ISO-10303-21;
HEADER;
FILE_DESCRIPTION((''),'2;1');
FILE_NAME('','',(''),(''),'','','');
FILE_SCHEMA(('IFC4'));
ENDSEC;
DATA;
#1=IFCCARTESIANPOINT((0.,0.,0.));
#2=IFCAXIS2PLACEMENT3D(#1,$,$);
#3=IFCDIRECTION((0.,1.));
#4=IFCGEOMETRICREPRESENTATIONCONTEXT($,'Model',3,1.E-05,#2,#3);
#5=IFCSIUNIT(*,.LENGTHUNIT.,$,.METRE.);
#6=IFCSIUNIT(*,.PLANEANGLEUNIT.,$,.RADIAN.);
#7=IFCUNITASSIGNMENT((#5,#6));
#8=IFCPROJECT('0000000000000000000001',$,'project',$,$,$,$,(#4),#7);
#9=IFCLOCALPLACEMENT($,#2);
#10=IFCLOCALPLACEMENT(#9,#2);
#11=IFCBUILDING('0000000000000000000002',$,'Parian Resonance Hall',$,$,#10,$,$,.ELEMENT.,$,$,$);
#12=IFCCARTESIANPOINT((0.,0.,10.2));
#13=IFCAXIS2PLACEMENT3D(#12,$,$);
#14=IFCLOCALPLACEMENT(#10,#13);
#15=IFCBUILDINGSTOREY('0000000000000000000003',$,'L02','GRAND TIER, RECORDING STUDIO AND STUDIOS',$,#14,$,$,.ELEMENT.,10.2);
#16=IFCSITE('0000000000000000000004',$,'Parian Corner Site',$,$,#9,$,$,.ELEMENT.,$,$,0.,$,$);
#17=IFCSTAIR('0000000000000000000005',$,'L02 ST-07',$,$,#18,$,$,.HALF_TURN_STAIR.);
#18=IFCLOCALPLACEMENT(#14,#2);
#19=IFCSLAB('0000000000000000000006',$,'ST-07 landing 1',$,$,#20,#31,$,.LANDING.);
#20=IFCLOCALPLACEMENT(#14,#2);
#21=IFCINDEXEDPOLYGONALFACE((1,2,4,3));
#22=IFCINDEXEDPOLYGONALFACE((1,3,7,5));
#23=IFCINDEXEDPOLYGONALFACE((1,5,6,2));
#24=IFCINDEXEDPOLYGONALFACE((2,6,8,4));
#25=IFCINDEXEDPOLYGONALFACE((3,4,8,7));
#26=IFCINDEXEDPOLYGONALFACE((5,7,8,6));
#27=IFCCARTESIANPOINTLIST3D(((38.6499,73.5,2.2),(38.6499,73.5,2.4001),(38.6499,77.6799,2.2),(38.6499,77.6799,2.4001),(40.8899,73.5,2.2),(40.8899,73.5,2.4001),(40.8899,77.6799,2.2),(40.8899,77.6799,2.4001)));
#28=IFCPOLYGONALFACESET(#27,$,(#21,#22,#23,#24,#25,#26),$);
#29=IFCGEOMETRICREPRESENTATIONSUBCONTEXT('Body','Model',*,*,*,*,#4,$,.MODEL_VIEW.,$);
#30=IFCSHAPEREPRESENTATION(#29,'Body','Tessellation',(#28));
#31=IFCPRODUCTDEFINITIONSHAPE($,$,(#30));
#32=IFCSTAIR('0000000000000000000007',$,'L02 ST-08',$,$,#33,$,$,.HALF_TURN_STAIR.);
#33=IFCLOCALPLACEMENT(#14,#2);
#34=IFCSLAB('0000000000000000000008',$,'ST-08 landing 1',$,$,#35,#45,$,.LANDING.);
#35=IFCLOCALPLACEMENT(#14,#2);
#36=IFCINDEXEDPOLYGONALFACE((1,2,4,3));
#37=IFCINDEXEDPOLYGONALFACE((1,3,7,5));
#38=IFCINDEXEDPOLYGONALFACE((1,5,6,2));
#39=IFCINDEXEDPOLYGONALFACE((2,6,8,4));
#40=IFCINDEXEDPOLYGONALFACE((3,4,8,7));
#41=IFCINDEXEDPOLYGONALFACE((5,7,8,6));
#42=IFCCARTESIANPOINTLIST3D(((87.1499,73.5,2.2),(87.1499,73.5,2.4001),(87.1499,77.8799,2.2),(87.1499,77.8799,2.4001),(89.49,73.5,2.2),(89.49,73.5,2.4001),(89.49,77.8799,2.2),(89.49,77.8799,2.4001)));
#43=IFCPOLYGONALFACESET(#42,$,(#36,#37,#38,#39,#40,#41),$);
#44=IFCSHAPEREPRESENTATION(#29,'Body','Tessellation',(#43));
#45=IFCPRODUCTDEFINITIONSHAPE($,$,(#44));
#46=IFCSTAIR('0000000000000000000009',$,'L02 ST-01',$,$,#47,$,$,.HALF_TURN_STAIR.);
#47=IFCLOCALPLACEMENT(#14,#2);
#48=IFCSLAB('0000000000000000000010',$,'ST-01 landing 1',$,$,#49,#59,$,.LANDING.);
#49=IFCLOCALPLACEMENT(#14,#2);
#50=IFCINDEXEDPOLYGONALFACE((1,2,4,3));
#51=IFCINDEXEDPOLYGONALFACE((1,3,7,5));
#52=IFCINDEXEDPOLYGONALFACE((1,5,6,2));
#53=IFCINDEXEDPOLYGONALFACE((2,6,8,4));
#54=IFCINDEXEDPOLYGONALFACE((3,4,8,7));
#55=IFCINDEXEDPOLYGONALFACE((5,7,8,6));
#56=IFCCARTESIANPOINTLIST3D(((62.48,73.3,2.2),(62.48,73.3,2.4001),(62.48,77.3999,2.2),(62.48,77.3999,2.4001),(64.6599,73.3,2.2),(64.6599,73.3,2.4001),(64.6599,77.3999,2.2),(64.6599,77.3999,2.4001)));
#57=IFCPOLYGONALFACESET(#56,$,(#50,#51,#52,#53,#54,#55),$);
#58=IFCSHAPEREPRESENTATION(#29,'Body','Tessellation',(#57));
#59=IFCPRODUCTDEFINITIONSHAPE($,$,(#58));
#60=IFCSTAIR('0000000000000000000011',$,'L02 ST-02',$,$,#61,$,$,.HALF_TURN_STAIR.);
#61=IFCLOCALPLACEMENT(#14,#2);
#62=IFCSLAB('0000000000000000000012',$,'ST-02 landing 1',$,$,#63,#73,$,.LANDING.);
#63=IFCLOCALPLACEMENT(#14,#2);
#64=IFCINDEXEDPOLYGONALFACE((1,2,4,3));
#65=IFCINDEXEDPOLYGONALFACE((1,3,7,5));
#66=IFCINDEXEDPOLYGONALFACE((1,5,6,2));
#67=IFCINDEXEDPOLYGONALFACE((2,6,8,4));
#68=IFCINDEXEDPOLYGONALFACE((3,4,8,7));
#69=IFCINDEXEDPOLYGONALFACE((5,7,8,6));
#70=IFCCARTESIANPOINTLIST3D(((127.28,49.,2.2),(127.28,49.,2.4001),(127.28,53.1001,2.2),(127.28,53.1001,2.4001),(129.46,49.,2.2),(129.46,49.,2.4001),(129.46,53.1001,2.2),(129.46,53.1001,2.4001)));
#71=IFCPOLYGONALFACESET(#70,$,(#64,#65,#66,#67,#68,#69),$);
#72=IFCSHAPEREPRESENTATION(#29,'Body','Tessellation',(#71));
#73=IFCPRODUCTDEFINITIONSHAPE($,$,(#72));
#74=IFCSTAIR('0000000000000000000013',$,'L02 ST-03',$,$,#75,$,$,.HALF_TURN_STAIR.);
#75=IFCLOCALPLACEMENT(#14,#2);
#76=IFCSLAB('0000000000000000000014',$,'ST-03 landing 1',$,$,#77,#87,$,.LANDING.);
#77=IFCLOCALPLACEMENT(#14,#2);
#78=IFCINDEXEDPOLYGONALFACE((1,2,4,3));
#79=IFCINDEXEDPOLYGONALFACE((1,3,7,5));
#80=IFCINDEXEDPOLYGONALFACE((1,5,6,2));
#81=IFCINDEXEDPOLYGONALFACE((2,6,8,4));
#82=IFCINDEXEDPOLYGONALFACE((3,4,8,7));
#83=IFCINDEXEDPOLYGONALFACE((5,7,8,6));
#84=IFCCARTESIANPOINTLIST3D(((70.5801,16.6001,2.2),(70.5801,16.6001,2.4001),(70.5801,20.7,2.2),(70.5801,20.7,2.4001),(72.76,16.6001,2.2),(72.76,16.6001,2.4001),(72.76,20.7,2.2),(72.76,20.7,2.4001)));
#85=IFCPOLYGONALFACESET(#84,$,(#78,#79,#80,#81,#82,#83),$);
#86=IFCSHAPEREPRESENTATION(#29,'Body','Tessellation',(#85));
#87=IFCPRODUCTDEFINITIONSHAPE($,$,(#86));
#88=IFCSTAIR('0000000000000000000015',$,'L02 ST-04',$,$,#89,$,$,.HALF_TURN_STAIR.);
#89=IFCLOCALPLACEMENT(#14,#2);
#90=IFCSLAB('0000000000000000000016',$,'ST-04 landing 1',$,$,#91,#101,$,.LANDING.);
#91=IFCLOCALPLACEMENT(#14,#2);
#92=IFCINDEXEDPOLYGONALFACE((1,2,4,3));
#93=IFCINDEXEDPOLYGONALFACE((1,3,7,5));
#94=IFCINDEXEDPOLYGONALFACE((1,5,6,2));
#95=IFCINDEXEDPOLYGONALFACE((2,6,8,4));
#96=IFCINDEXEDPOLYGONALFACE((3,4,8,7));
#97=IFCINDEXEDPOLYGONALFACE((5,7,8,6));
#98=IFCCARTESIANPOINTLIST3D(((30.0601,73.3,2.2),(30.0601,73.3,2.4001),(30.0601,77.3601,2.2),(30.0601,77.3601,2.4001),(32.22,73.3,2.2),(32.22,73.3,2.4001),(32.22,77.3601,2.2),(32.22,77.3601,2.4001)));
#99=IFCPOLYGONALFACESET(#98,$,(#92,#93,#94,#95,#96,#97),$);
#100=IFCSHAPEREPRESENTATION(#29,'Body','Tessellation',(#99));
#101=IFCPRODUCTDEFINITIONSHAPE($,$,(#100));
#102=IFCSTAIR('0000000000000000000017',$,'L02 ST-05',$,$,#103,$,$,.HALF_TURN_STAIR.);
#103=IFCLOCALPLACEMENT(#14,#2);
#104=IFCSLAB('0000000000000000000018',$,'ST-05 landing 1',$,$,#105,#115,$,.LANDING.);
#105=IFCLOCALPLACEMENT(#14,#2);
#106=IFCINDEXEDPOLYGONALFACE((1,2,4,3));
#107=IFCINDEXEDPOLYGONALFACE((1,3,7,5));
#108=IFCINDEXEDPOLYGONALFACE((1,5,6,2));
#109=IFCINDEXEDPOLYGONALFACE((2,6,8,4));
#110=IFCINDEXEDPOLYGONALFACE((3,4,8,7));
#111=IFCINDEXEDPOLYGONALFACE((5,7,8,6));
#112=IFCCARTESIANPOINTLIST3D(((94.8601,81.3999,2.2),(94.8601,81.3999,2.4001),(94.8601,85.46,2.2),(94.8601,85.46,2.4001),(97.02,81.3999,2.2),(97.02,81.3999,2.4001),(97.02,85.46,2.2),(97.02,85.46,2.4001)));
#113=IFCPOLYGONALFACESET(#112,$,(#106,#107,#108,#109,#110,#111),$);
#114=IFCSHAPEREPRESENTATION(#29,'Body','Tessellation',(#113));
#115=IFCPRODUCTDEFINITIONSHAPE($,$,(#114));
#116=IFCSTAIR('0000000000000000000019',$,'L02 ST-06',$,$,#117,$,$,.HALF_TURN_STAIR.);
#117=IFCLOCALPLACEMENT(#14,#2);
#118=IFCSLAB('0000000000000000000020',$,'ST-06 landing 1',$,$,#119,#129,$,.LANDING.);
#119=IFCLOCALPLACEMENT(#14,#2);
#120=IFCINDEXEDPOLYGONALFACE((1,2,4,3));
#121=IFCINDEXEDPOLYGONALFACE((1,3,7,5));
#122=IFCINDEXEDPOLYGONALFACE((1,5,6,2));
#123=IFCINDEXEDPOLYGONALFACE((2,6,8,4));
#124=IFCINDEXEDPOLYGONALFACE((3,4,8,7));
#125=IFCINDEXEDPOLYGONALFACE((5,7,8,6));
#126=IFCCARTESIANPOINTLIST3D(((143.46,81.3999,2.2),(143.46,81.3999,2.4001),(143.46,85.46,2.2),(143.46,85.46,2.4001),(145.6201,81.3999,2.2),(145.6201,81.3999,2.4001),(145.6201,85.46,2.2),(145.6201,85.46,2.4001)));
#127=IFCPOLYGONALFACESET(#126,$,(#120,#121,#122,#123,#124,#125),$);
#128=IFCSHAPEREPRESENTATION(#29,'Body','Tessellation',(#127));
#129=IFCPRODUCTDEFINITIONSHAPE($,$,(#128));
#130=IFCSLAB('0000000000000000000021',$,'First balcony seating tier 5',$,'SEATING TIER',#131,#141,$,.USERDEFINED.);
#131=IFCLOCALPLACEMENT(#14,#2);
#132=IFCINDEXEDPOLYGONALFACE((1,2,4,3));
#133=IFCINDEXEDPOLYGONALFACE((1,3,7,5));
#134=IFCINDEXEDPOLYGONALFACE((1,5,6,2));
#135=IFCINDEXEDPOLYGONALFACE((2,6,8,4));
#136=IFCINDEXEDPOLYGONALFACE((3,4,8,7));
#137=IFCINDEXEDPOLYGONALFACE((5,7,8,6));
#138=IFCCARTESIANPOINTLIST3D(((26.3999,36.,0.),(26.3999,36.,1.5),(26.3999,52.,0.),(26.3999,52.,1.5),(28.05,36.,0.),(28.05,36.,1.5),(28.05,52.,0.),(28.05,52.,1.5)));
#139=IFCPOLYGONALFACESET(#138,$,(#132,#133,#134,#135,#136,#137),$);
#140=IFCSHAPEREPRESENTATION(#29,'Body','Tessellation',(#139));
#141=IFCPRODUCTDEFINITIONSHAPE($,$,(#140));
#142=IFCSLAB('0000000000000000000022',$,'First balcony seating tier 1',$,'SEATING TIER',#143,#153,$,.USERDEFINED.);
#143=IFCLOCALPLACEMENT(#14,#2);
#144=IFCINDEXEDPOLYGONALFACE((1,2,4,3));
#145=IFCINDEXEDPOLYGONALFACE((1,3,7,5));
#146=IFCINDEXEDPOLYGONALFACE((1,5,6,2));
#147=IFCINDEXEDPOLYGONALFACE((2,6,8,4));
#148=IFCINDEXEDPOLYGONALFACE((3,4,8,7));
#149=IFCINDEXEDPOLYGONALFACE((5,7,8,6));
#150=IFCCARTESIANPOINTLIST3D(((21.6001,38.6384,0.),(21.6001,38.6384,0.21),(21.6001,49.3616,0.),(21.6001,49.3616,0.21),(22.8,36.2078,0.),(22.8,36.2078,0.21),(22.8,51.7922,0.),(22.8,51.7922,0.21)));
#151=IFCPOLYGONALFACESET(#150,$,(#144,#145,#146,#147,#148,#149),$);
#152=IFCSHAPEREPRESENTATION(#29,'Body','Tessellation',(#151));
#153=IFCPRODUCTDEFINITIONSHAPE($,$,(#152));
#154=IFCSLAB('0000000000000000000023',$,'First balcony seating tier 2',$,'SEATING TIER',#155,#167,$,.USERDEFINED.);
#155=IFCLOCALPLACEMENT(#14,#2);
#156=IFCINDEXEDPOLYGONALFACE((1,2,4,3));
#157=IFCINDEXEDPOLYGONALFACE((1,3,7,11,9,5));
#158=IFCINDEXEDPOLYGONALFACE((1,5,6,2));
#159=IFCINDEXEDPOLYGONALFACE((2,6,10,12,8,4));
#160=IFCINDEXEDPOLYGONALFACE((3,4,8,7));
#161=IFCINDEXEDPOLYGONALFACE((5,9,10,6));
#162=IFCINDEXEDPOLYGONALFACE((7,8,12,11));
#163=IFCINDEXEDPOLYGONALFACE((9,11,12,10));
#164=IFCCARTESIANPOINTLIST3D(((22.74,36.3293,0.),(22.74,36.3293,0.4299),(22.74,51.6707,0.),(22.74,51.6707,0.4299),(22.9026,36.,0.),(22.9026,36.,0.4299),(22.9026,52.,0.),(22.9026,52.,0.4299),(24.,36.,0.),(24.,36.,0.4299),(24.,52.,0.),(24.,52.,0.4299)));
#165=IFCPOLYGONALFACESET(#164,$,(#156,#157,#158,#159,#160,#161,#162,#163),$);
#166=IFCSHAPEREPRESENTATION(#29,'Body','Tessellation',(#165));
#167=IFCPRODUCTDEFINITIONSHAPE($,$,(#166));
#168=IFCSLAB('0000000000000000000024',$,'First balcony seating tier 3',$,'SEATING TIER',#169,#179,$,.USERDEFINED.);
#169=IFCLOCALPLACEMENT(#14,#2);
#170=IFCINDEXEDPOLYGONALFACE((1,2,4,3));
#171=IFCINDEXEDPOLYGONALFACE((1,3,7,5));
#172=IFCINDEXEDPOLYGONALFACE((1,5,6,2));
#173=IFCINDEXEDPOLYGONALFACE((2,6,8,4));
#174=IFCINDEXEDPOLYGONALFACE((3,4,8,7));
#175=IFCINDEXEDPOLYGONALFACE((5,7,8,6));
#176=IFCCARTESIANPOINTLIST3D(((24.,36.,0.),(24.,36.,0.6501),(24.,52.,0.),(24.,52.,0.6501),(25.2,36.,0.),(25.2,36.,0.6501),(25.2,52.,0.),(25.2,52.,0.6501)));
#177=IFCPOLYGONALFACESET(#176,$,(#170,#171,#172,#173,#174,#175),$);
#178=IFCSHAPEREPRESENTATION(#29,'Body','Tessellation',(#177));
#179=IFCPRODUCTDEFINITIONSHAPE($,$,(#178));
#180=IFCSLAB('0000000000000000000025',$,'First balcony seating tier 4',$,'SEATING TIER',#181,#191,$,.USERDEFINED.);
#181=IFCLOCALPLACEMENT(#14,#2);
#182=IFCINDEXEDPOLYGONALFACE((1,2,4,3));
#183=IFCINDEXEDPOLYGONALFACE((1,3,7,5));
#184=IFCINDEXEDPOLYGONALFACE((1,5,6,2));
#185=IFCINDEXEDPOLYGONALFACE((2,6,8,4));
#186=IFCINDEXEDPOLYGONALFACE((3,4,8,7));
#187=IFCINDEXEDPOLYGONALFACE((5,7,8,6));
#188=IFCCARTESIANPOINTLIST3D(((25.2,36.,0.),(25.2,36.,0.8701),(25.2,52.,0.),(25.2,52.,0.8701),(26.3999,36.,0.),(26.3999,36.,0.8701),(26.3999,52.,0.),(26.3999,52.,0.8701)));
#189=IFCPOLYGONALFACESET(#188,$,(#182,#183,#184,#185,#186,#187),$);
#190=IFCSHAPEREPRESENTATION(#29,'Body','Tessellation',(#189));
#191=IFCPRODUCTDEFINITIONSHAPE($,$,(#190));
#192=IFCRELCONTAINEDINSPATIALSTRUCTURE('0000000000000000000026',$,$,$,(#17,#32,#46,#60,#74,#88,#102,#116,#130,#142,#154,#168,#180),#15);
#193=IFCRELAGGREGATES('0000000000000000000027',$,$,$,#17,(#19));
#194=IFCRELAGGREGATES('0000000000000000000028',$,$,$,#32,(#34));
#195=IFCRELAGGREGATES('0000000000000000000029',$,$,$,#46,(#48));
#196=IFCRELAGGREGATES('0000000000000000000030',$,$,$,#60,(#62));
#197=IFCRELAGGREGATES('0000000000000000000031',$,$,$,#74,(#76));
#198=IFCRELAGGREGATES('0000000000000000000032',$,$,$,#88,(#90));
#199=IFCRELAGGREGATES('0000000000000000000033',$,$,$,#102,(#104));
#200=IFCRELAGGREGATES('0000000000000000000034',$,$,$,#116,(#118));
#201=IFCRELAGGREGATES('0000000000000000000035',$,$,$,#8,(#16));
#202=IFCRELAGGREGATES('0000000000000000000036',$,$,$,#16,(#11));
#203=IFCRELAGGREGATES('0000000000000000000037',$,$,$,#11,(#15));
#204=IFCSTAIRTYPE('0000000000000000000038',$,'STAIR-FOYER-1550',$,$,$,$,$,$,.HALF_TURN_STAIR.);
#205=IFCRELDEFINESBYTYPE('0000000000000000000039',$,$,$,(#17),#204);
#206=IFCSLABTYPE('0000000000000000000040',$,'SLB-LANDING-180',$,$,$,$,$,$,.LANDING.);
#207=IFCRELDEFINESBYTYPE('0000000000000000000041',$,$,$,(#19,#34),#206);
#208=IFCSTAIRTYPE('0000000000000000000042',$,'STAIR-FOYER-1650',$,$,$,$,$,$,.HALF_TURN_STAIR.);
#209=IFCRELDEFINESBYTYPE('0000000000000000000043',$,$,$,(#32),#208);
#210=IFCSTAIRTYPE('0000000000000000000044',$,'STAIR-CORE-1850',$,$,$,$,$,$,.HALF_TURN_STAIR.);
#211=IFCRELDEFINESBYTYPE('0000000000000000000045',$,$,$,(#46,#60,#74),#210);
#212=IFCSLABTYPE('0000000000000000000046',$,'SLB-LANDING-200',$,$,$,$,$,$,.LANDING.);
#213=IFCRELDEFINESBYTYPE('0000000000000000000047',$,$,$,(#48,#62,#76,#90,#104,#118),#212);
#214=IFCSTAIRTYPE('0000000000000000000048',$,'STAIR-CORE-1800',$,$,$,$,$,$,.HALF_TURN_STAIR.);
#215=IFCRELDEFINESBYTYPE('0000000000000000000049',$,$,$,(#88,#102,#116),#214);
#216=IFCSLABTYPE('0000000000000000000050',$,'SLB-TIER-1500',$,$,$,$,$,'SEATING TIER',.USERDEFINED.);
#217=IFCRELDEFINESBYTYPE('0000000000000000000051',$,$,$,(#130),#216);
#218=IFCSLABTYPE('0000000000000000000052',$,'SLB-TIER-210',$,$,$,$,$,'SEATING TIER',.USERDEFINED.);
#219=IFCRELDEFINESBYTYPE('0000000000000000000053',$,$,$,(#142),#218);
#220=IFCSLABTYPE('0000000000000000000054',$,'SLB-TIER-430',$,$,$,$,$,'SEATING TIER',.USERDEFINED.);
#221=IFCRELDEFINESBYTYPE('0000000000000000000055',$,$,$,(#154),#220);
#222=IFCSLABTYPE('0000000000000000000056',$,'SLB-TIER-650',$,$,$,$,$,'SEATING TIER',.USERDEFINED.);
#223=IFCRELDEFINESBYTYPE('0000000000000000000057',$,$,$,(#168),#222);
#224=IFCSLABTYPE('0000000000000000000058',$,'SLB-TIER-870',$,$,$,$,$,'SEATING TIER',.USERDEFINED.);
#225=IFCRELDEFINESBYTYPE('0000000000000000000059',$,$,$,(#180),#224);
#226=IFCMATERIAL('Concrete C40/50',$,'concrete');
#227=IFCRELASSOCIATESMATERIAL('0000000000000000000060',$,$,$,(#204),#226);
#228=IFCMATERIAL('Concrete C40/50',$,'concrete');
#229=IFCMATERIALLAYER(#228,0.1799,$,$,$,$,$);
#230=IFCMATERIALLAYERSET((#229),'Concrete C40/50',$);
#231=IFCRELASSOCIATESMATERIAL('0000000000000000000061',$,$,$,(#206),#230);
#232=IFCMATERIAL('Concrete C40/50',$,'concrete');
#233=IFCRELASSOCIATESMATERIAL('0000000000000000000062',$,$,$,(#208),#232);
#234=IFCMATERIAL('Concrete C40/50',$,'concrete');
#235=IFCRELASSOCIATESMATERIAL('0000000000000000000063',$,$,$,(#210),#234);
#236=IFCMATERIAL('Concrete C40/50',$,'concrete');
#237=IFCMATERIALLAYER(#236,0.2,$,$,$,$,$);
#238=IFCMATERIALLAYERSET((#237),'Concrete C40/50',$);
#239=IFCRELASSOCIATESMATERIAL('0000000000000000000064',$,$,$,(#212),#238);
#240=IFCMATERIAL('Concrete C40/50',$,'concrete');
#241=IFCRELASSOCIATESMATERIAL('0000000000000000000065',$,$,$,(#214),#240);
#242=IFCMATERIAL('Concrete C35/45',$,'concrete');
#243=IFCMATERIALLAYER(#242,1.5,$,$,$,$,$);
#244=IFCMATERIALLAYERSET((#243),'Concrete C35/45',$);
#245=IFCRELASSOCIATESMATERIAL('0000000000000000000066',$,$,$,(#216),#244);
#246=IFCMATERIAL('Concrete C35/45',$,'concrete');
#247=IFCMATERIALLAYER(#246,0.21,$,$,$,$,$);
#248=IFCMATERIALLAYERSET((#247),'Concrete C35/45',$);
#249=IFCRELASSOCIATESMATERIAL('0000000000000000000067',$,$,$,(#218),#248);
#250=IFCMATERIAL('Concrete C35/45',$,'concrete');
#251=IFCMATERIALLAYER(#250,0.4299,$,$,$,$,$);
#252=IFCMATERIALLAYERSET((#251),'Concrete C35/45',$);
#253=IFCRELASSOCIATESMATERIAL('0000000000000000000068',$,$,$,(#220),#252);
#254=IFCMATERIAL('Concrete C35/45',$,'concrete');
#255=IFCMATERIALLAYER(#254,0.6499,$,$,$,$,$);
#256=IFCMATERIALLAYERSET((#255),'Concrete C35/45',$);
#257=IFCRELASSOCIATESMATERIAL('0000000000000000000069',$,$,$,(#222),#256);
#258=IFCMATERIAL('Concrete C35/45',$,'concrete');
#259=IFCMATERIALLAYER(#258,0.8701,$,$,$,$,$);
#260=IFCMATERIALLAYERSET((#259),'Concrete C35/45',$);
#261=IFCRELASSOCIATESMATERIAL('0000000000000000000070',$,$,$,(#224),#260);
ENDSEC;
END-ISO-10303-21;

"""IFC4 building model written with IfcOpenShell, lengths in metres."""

from ifc_helpers import new_model, si_unit, direction, frame, origin, place, context, subcontext, project, spatial, polyline, outline, extrude, material, layer, layer_set, type_object, element, aggregate, save


model = new_model("IFC4")

# Units and contexts
model_context = context("Model", 3, precision=1e-05, world=origin(), true_north=direction((0.0, 1.0)))
body_context = subcontext(model_context, "Body", "Model", "MODEL_VIEW")
ifc_project = project(units=[si_unit("LENGTHUNIT", "METRE"), si_unit("PLANEANGLEUNIT", "RADIAN")], contexts=[model_context])

# Site, building, storey
site_placement = place(None, origin())
site = spatial("IfcSite", under=ifc_project, at=site_placement, Name="Parian Corner Site", CompositionType="ELEMENT", RefElevation=0.0)
building_placement = place(site_placement, origin())
building = spatial("IfcBuilding", under=site, at=building_placement, Name="Parian Resonance Hall", CompositionType="ELEMENT")
storey_placement = place(building_placement, frame((0.0, 0.0, 10.2)))
storey = spatial("IfcBuildingStorey", under=building, at=storey_placement, Name="L02", Description="GRAND TIER, RECORDING STUDIO AND STUDIOS", CompositionType="ELEMENT", Elevation=10.2)

# Stairs, slabs
ifc_material_1 = material(Name="Concrete C40/50", Category="concrete")
stair_type_1 = type_object("IfcStairType", Name="STAIR-FOYER-1550", PredefinedType="HALF_TURN_STAIR", material=ifc_material_1)
stair_1_placement = place(storey_placement, origin())
stair_1 = element("IfcStair", 1, at=stair_1_placement, inside=storey, type_object=stair_type_1, Name="L02 ST-07", PredefinedType="HALF_TURN_STAIR")
ifc_material_2 = material(Name="Concrete C40/50", Category="concrete")
ifc_layer_1 = layer(ifc_material_2, 0.1799)
ifc_layer_set_1 = layer_set([ifc_layer_1], Name="Concrete C40/50")
slab_type_1 = type_object("IfcSlabType", Name="SLB-LANDING-180", PredefinedType="LANDING", material=ifc_layer_set_1)
slab_1_placement = place(storey_placement, frame((0.0, 0.0, 2.2)))
slab_1 = element("IfcSlab", 2, at=slab_1_placement, type_object=slab_type_1, Name="ST-07 landing 1", PredefinedType="LANDING", context=body_context, shape_type="SweptSolid", body=[
    extrude(outline(polyline([(38.6499, 73.5), (40.8899, 73.5), (40.8899, 77.6799), (38.6499, 77.6799), (38.6499, 73.5)])), origin(), (0.0, 0.0, 1.0), 0.2002),
])
aggregate(stair_1, [slab_1])
ifc_material_3 = material(Name="Concrete C40/50", Category="concrete")
stair_type_2 = type_object("IfcStairType", Name="STAIR-FOYER-1650", PredefinedType="HALF_TURN_STAIR", material=ifc_material_3)
stair_2_placement = place(storey_placement, origin())
stair_2 = element("IfcStair", 3, at=stair_2_placement, inside=storey, type_object=stair_type_2, Name="L02 ST-08", PredefinedType="HALF_TURN_STAIR")
slab_2_placement = place(storey_placement, frame((0.0, 0.0, 2.2)))
slab_2 = element("IfcSlab", 4, at=slab_2_placement, type_object=slab_type_1, Name="ST-08 landing 1", PredefinedType="LANDING", context=body_context, shape_type="SweptSolid", body=[
    extrude(outline(polyline([(87.1499, 73.5), (89.49, 73.5), (89.49, 77.8799), (87.1499, 77.8799), (87.1499, 73.5)])), origin(), (0.0, 0.0, 1.0), 0.2002),
])
aggregate(stair_2, [slab_2])
ifc_material_4 = material(Name="Concrete C40/50", Category="concrete")
stair_type_3 = type_object("IfcStairType", Name="STAIR-CORE-1850", PredefinedType="HALF_TURN_STAIR", material=ifc_material_4)
stair_3_placement = place(storey_placement, origin())
stair_3 = element("IfcStair", 5, at=stair_3_placement, inside=storey, type_object=stair_type_3, Name="L02 ST-01", PredefinedType="HALF_TURN_STAIR")
ifc_material_5 = material(Name="Concrete C40/50", Category="concrete")
ifc_layer_2 = layer(ifc_material_5, 0.2)
ifc_layer_set_2 = layer_set([ifc_layer_2], Name="Concrete C40/50")
slab_type_2 = type_object("IfcSlabType", Name="SLB-LANDING-200", PredefinedType="LANDING", material=ifc_layer_set_2)
slab_3_placement = place(storey_placement, frame((0.0, 0.0, 2.2)))
slab_3 = element("IfcSlab", 6, at=slab_3_placement, type_object=slab_type_2, Name="ST-01 landing 1", PredefinedType="LANDING", context=body_context, shape_type="SweptSolid", body=[
    extrude(outline(polyline([(62.48, 73.3), (64.6599, 73.3), (64.6599, 77.3999), (62.48, 77.3999), (62.48, 73.3)])), origin(), (0.0, 0.0, 1.0), 0.2002),
])
aggregate(stair_3, [slab_3])
stair_4_placement = place(storey_placement, origin())
stair_4 = element("IfcStair", 7, at=stair_4_placement, inside=storey, type_object=stair_type_3, Name="L02 ST-02", PredefinedType="HALF_TURN_STAIR")
slab_4_placement = place(storey_placement, frame((0.0, 0.0, 2.2)))
slab_4 = element("IfcSlab", 8, at=slab_4_placement, type_object=slab_type_2, Name="ST-02 landing 1", PredefinedType="LANDING", context=body_context, shape_type="SweptSolid", body=[
    extrude(outline(polyline([(127.28, 49.0), (129.46, 49.0), (129.46, 53.1001), (127.28, 53.1001), (127.28, 49.0)])), origin(), (0.0, 0.0, 1.0), 0.2002),
])
aggregate(stair_4, [slab_4])
stair_5_placement = place(storey_placement, origin())
stair_5 = element("IfcStair", 9, at=stair_5_placement, inside=storey, type_object=stair_type_3, Name="L02 ST-03", PredefinedType="HALF_TURN_STAIR")
slab_5_placement = place(storey_placement, frame((0.0, 0.0, 2.2)))
slab_5 = element("IfcSlab", 10, at=slab_5_placement, type_object=slab_type_2, Name="ST-03 landing 1", PredefinedType="LANDING", context=body_context, shape_type="SweptSolid", body=[
    extrude(outline(polyline([(70.5801, 16.6001), (72.76, 16.6001), (72.76, 20.7), (70.5801, 20.7), (70.5801, 16.6001)])), origin(), (0.0, 0.0, 1.0), 0.2002),
])
aggregate(stair_5, [slab_5])
ifc_material_6 = material(Name="Concrete C40/50", Category="concrete")
stair_type_4 = type_object("IfcStairType", Name="STAIR-CORE-1800", PredefinedType="HALF_TURN_STAIR", material=ifc_material_6)
stair_6_placement = place(storey_placement, origin())
stair_6 = element("IfcStair", 11, at=stair_6_placement, inside=storey, type_object=stair_type_4, Name="L02 ST-04", PredefinedType="HALF_TURN_STAIR")
slab_6_placement = place(storey_placement, frame((0.0, 0.0, 2.2)))
slab_6 = element("IfcSlab", 12, at=slab_6_placement, type_object=slab_type_2, Name="ST-04 landing 1", PredefinedType="LANDING", context=body_context, shape_type="SweptSolid", body=[
    extrude(outline(polyline([(30.0601, 73.3), (32.22, 73.3), (32.22, 77.3601), (30.0601, 77.3601), (30.0601, 73.3)])), origin(), (0.0, 0.0, 1.0), 0.2002),
])
aggregate(stair_6, [slab_6])
stair_7_placement = place(storey_placement, origin())
stair_7 = element("IfcStair", 13, at=stair_7_placement, inside=storey, type_object=stair_type_4, Name="L02 ST-05", PredefinedType="HALF_TURN_STAIR")
slab_7_placement = place(storey_placement, frame((0.0, 0.0, 2.2)))
slab_7 = element("IfcSlab", 14, at=slab_7_placement, type_object=slab_type_2, Name="ST-05 landing 1", PredefinedType="LANDING", context=body_context, shape_type="SweptSolid", body=[
    extrude(outline(polyline([(94.8601, 81.3999), (97.02, 81.3999), (97.02, 85.46), (94.8601, 85.46), (94.8601, 81.3999)])), origin(), (0.0, 0.0, 1.0), 0.2002),
])
aggregate(stair_7, [slab_7])
stair_8_placement = place(storey_placement, origin())
stair_8 = element("IfcStair", 15, at=stair_8_placement, inside=storey, type_object=stair_type_4, Name="L02 ST-06", PredefinedType="HALF_TURN_STAIR")
slab_8_placement = place(storey_placement, frame((0.0, 0.0, 2.2)))
slab_8 = element("IfcSlab", 16, at=slab_8_placement, type_object=slab_type_2, Name="ST-06 landing 1", PredefinedType="LANDING", context=body_context, shape_type="SweptSolid", body=[
    extrude(outline(polyline([(143.46, 81.3999), (145.6201, 81.3999), (145.6201, 85.46), (143.46, 85.46), (143.46, 81.3999)])), origin(), (0.0, 0.0, 1.0), 0.2002),
])
aggregate(stair_8, [slab_8])

# Slabs
ifc_material_7 = material(Name="Concrete C35/45", Category="concrete")
ifc_layer_3 = layer(ifc_material_7, 1.5)
ifc_layer_set_3 = layer_set([ifc_layer_3], Name="Concrete C35/45")
slab_type_3 = type_object("IfcSlabType", Name="SLB-TIER-1500", ElementType="SEATING TIER", PredefinedType="USERDEFINED", material=ifc_layer_set_3)
slab_9_placement = place(storey_placement, origin())
element("IfcSlab", 17, at=slab_9_placement, inside=storey, type_object=slab_type_3, Name="First balcony seating tier 5", ObjectType="SEATING TIER", PredefinedType="USERDEFINED", context=body_context, shape_type="SweptSolid", body=[
    extrude(outline(polyline([(26.3999, 36.0), (28.05, 36.0), (28.05, 52.0), (26.3999, 52.0), (26.3999, 36.0)])), origin(), (0.0, 0.0, 1.0), 1.5),
])
ifc_material_8 = material(Name="Concrete C35/45", Category="concrete")
ifc_layer_4 = layer(ifc_material_8, 0.21)
ifc_layer_set_4 = layer_set([ifc_layer_4], Name="Concrete C35/45")
slab_type_4 = type_object("IfcSlabType", Name="SLB-TIER-210", ElementType="SEATING TIER", PredefinedType="USERDEFINED", material=ifc_layer_set_4)
slab_10_placement = place(storey_placement, origin())
element("IfcSlab", 18, at=slab_10_placement, inside=storey, type_object=slab_type_4, Name="First balcony seating tier 1", ObjectType="SEATING TIER", PredefinedType="USERDEFINED", context=body_context, shape_type="SweptSolid", body=[
    extrude(outline(polyline([(22.8, 51.7922), (21.6001, 49.3616), (21.6001, 38.6384), (22.8, 36.2078), (22.8, 51.7922)])), origin(), (0.0, 0.0, 1.0), 0.21),
])
ifc_material_9 = material(Name="Concrete C35/45", Category="concrete")
ifc_layer_5 = layer(ifc_material_9, 0.4299)
ifc_layer_set_5 = layer_set([ifc_layer_5], Name="Concrete C35/45")
slab_type_5 = type_object("IfcSlabType", Name="SLB-TIER-430", ElementType="SEATING TIER", PredefinedType="USERDEFINED", material=ifc_layer_set_5)
slab_11_placement = place(storey_placement, origin())
element("IfcSlab", 19, at=slab_11_placement, inside=storey, type_object=slab_type_5, Name="First balcony seating tier 2", ObjectType="SEATING TIER", PredefinedType="USERDEFINED", context=body_context, shape_type="SweptSolid", body=[
    extrude(outline(polyline([(22.9026, 52.0), (22.74, 51.6707), (22.74, 36.3293), (22.9026, 36.0), (24.0, 36.0), (24.0, 52.0), (22.9026, 52.0)])), origin(), (0.0, 0.0, 1.0), 0.4299),
])
ifc_material_10 = material(Name="Concrete C35/45", Category="concrete")
ifc_layer_6 = layer(ifc_material_10, 0.6499)
ifc_layer_set_6 = layer_set([ifc_layer_6], Name="Concrete C35/45")
slab_type_6 = type_object("IfcSlabType", Name="SLB-TIER-650", ElementType="SEATING TIER", PredefinedType="USERDEFINED", material=ifc_layer_set_6)
slab_12_placement = place(storey_placement, origin())
element("IfcSlab", 20, at=slab_12_placement, inside=storey, type_object=slab_type_6, Name="First balcony seating tier 3", ObjectType="SEATING TIER", PredefinedType="USERDEFINED", context=body_context, shape_type="SweptSolid", body=[
    extrude(outline(polyline([(24.0, 36.0), (25.2, 36.0), (25.2, 52.0), (24.0, 52.0), (24.0, 36.0)])), origin(), (0.0, 0.0, 1.0), 0.6501),
])
ifc_material_11 = material(Name="Concrete C35/45", Category="concrete")
ifc_layer_7 = layer(ifc_material_11, 0.8701)
ifc_layer_set_7 = layer_set([ifc_layer_7], Name="Concrete C35/45")
slab_type_7 = type_object("IfcSlabType", Name="SLB-TIER-870", ElementType="SEATING TIER", PredefinedType="USERDEFINED", material=ifc_layer_set_7)
slab_13_placement = place(storey_placement, origin())
element("IfcSlab", 21, at=slab_13_placement, inside=storey, type_object=slab_type_7, Name="First balcony seating tier 4", ObjectType="SEATING TIER", PredefinedType="USERDEFINED", context=body_context, shape_type="SweptSolid", body=[
    extrude(outline(polyline([(25.2, 36.0), (26.3999, 36.0), (26.3999, 52.0), (25.2, 52.0), (25.2, 36.0)])), origin(), (0.0, 0.0, 1.0), 0.8701),
])

save(model, "model.ifc")
